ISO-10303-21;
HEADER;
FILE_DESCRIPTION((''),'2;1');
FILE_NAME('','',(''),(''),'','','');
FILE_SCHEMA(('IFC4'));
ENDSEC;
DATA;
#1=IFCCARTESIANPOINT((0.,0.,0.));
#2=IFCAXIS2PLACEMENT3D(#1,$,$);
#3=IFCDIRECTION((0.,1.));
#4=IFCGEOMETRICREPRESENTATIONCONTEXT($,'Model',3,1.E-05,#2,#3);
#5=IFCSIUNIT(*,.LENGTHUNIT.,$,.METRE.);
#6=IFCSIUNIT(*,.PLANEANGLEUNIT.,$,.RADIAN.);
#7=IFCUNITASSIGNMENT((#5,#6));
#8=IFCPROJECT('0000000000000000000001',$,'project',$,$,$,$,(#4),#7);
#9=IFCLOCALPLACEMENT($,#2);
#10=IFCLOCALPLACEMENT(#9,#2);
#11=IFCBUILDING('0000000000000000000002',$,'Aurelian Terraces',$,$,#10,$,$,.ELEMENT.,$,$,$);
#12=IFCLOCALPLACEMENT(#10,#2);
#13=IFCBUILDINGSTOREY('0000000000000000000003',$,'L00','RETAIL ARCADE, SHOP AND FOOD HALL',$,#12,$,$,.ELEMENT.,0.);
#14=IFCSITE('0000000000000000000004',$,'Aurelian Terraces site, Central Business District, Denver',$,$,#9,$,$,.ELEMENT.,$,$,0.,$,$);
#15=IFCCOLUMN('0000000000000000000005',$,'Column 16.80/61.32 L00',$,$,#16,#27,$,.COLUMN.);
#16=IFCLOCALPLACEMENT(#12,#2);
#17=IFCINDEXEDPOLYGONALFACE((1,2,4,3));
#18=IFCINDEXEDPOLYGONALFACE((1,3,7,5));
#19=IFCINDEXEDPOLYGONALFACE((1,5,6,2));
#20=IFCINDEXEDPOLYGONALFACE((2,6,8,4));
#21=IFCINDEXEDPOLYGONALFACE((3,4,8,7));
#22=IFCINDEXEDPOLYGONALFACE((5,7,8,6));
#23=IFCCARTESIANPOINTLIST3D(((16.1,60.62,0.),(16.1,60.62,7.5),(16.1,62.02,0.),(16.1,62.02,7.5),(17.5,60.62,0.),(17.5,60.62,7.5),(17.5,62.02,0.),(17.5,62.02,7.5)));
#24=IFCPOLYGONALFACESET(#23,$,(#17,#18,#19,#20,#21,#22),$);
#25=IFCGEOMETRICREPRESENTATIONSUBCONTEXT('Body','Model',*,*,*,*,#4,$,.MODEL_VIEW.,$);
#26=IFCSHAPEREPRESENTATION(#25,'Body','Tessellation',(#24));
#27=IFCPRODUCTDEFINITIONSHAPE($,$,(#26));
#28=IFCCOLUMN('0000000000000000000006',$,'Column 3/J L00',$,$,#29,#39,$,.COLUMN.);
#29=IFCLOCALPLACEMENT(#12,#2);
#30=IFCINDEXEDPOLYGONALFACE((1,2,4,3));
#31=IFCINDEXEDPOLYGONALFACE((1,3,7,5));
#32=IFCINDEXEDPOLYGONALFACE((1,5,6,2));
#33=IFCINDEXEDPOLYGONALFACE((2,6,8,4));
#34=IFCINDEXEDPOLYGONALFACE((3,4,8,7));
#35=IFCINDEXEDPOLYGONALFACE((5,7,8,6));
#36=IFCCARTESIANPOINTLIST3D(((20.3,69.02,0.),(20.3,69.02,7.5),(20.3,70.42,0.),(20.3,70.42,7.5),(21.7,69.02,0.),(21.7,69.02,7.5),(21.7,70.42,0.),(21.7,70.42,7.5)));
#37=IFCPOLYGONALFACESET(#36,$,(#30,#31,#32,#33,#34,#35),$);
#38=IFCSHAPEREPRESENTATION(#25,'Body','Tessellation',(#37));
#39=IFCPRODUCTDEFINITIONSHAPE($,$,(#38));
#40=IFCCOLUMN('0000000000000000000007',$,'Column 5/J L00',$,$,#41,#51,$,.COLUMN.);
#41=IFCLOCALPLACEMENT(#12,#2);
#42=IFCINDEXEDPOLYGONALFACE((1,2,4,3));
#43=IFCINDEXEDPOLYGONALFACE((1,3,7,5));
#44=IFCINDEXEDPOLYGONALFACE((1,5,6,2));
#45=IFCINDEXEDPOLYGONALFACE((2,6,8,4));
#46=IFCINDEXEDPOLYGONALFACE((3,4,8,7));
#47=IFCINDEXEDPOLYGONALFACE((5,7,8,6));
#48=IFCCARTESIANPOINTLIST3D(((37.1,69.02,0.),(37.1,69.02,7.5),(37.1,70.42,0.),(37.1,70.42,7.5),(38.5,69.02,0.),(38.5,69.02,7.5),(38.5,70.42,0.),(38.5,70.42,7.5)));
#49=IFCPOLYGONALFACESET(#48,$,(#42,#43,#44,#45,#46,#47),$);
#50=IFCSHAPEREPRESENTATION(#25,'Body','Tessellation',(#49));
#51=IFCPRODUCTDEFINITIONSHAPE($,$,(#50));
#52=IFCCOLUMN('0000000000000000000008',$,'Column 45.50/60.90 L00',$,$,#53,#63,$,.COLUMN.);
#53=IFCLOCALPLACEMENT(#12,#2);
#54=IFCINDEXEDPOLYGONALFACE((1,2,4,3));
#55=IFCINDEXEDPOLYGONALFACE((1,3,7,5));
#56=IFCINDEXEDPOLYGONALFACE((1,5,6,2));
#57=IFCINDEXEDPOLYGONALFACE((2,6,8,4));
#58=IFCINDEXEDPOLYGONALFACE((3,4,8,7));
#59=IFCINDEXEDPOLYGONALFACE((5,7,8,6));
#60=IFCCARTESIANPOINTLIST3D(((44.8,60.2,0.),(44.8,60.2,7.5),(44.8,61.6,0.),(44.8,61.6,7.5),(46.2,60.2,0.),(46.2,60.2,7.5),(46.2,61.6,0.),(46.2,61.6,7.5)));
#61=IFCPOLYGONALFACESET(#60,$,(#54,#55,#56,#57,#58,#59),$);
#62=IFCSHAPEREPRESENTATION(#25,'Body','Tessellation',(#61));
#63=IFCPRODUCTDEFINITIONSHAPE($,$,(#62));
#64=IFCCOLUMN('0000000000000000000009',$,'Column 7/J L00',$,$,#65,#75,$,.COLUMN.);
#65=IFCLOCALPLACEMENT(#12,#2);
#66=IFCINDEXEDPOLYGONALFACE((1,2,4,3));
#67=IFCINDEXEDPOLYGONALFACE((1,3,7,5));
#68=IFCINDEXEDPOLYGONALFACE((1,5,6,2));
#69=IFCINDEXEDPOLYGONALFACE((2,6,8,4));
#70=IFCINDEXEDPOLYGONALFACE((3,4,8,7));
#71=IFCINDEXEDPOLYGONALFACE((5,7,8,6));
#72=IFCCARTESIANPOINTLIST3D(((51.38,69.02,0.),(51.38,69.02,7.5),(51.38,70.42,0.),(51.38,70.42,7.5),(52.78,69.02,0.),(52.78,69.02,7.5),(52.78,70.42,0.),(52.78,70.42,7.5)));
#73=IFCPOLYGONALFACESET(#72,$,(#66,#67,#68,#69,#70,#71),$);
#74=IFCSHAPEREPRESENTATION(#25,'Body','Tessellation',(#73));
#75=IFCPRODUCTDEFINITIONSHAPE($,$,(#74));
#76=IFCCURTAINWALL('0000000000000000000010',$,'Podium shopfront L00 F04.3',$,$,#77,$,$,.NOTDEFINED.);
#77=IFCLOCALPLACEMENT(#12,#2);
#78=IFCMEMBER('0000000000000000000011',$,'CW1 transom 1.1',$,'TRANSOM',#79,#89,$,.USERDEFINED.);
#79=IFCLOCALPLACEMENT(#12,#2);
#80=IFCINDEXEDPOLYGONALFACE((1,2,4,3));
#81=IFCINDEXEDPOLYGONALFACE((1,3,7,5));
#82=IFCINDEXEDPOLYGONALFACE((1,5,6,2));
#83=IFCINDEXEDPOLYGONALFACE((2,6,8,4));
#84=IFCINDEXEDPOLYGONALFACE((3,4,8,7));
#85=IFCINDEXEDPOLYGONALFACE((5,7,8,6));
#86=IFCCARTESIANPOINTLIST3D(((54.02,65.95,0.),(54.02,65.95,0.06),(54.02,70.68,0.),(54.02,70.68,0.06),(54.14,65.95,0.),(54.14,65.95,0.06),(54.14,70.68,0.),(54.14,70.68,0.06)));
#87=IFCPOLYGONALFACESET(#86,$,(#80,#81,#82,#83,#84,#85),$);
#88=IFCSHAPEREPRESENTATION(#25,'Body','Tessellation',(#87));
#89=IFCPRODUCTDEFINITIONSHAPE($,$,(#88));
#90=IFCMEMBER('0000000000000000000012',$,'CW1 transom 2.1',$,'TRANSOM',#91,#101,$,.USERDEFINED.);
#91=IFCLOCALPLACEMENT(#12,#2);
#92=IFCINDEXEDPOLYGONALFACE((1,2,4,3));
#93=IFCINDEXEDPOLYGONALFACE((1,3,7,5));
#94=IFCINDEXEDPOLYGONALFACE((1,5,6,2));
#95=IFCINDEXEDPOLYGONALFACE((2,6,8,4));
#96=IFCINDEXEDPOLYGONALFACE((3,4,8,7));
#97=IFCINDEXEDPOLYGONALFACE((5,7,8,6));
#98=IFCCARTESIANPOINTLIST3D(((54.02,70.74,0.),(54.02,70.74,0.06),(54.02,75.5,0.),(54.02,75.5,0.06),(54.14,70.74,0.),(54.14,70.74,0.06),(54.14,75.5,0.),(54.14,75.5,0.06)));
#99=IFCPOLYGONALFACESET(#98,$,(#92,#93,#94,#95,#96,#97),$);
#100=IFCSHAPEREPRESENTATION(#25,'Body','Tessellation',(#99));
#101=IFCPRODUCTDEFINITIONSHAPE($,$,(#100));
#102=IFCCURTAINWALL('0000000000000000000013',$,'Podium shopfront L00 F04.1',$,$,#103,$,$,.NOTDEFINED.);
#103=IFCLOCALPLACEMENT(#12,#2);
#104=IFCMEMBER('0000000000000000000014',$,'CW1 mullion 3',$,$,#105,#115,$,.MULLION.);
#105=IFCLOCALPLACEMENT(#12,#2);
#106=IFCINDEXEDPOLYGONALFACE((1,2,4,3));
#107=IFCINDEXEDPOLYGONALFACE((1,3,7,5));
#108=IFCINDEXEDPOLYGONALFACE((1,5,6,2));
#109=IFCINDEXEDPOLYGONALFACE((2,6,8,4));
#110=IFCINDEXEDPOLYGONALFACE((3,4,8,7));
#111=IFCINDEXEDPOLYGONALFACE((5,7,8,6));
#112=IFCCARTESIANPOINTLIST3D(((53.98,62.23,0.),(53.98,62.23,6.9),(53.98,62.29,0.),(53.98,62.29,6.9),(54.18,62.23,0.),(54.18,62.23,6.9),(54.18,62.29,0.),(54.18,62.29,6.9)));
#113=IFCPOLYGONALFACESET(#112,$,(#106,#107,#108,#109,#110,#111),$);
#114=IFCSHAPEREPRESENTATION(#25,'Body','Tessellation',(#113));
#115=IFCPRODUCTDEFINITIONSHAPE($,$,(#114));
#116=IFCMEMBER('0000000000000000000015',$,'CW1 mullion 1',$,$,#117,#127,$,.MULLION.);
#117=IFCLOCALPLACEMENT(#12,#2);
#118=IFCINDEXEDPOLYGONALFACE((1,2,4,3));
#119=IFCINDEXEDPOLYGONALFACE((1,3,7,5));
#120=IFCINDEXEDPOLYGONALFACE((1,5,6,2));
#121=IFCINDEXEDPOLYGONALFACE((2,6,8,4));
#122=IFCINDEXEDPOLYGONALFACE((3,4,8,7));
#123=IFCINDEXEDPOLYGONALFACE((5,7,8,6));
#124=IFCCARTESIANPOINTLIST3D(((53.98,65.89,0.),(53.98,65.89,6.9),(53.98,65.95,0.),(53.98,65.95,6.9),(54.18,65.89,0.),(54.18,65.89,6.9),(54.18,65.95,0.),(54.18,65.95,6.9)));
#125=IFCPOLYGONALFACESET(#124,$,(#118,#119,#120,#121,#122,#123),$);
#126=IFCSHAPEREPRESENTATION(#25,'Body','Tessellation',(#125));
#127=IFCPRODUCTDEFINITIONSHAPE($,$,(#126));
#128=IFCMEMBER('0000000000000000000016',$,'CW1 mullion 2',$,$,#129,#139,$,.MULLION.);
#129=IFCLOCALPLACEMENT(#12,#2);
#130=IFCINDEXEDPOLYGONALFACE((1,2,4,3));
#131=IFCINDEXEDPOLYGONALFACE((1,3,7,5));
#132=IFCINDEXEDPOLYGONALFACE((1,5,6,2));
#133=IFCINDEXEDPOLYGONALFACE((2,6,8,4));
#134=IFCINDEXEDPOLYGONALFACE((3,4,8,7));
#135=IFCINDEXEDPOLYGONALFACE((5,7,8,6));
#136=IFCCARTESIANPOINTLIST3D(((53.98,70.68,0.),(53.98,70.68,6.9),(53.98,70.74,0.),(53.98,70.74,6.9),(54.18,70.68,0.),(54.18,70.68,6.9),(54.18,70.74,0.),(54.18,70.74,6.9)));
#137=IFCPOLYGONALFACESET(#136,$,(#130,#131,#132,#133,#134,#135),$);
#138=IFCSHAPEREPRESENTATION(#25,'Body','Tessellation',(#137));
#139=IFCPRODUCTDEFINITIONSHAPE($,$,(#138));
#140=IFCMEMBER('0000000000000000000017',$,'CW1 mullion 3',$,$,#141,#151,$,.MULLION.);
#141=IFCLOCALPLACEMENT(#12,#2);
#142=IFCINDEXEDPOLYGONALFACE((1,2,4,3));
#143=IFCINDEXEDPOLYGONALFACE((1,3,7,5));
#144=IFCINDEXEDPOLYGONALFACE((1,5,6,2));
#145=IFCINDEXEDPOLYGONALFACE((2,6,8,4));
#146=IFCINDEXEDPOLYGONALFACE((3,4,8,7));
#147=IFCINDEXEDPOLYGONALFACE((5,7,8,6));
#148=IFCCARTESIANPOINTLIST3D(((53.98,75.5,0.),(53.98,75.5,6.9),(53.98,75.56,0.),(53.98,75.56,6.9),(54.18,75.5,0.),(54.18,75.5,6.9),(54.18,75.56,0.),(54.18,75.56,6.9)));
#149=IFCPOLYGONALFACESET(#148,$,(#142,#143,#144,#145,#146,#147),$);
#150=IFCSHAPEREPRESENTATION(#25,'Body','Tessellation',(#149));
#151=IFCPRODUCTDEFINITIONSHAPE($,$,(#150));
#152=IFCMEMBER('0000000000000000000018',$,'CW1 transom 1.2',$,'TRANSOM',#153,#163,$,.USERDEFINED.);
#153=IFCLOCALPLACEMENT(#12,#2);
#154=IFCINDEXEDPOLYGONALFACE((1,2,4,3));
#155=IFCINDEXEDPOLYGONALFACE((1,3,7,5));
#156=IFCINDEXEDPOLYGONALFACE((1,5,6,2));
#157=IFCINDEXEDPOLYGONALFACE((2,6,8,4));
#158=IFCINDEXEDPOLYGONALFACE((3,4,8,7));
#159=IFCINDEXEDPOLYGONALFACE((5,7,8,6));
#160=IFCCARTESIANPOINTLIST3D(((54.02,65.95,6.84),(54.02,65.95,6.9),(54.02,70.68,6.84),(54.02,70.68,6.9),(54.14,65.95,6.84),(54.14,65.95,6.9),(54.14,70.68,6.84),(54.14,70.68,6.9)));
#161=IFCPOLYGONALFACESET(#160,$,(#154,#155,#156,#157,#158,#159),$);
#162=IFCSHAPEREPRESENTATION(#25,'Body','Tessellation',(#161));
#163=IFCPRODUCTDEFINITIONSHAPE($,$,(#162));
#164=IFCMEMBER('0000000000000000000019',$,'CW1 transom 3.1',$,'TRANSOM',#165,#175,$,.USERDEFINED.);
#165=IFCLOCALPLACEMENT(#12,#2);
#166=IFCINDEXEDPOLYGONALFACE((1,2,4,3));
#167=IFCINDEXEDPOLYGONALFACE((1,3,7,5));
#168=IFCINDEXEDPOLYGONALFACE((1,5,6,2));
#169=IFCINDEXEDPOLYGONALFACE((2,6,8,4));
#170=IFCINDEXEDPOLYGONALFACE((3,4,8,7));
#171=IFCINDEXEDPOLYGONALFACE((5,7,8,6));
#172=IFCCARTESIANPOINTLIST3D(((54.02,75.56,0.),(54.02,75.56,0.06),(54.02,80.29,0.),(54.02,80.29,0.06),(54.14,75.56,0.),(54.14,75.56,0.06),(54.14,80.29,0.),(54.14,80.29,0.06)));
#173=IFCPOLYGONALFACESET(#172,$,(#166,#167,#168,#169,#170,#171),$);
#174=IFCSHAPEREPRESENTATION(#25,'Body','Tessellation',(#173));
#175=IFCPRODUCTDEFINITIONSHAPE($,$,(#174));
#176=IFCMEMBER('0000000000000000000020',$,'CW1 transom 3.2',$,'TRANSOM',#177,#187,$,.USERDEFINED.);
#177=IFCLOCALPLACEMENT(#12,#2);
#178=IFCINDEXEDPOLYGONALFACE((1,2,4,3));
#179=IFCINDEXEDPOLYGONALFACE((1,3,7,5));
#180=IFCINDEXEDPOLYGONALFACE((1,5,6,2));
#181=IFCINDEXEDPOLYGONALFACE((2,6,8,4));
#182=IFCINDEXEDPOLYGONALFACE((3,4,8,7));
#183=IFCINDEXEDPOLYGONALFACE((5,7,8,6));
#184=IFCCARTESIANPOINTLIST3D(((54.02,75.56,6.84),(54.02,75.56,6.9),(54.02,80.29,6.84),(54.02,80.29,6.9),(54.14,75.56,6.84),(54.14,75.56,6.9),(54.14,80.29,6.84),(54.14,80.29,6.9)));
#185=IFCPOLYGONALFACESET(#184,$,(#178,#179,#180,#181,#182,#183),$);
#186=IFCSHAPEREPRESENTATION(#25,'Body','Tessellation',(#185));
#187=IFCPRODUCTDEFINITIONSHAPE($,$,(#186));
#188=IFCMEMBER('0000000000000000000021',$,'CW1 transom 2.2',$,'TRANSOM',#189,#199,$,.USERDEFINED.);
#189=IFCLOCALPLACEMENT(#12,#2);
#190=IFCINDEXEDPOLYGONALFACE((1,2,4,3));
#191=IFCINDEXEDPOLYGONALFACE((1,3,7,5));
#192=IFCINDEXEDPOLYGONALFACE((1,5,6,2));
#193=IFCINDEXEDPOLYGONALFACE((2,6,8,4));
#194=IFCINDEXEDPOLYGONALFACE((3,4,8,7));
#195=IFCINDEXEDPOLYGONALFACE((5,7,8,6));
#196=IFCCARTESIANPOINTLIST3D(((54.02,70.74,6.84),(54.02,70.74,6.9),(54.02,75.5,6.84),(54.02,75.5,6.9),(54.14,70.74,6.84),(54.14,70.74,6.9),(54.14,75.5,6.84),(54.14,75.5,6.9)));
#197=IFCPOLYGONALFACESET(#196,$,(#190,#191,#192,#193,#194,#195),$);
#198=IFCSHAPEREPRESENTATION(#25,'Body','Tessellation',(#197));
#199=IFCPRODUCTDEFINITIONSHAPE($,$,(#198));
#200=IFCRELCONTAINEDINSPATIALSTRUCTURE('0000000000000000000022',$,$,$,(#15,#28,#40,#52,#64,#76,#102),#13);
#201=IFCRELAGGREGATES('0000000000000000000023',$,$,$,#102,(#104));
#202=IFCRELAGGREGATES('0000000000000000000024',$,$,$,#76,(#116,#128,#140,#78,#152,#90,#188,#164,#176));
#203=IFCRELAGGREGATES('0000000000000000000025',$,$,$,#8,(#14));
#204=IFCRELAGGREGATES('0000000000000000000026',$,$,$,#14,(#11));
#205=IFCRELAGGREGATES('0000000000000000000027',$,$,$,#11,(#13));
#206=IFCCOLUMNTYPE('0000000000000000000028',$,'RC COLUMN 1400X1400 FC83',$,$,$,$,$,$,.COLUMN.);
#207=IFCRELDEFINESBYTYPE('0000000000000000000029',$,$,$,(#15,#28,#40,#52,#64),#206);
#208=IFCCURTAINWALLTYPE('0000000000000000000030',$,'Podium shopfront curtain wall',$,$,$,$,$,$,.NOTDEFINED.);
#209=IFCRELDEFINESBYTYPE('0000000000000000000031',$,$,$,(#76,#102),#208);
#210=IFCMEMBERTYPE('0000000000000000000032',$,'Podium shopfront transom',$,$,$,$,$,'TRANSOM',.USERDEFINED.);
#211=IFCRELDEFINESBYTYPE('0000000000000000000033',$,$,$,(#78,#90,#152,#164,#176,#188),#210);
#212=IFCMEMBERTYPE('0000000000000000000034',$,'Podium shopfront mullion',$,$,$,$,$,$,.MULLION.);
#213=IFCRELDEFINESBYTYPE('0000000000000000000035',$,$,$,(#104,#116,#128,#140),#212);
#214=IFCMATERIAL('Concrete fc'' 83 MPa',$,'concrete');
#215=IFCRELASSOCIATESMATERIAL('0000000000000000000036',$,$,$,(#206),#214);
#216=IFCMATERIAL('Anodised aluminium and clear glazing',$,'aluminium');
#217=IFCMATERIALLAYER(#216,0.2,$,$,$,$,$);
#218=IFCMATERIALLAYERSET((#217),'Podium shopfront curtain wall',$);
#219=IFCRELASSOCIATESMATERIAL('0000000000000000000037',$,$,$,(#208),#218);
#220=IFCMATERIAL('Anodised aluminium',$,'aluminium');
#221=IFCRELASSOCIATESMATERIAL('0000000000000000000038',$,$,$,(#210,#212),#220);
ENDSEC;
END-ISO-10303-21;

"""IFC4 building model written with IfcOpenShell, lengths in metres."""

from ifc_helpers import new_model, si_unit, direction, frame, origin, origin_2d, place, context, subcontext, project, spatial, rectangle, extrude, source, transform, mapped, material, layer, layer_set, material_profile, profile_set, type_object, element, aggregate, save


model = new_model("IFC4")

# Units and contexts
model_context = context("Model", 3, precision=1e-05, world=origin(), true_north=direction((0.0, 1.0)))
body_context = subcontext(model_context, "Body", "Model", "MODEL_VIEW")
ifc_project = project(units=[si_unit("LENGTHUNIT", "METRE"), si_unit("PLANEANGLEUNIT", "RADIAN")], contexts=[model_context])

# Site, building, storey
site_placement = place(None, origin())
site = spatial("IfcSite", under=ifc_project, at=site_placement, Name="Aurelian Terraces site, Central Business District, Denver", CompositionType="ELEMENT", RefElevation=0.0)
building_placement = place(site_placement, origin())
building = spatial("IfcBuilding", under=site, at=building_placement, Name="Aurelian Terraces", CompositionType="ELEMENT")
storey_placement = place(building_placement, origin())
storey = spatial("IfcBuildingStorey", under=building, at=storey_placement, Name="L00", Description="RETAIL ARCADE, SHOP AND FOOD HALL", CompositionType="ELEMENT", Elevation=0.0)

# Columns
ifc_material_1 = material(Name="Concrete fc' 83 MPa", Category="concrete")
ifc_material_profile_1 = material_profile(ifc_material_1, rectangle(XDim=1.4, YDim=1.4, at=origin_2d()))
ifc_profile_set_1 = profile_set([ifc_material_profile_1], Name="Concrete fc' 83 MPa")
column_type = type_object("IfcColumnType", Name="RC COLUMN 1400X1400 FC83", PredefinedType="COLUMN", material=ifc_profile_set_1)
shared_shape_1 = source(origin(), body_context, "Body", "SweptSolid", [
    extrude(rectangle(XDim=1.4, YDim=1.4, at=origin_2d()), origin(), (0.0, 0.0, 1.0), 7.5),
])
for number, where, z_axis, x_axis, name in (
    (1, (16.8, 61.32, 0.0), (0.0, 0.0, 1.0), (1.0, 0.0, 0.0), "Column 16.80/61.32 L00"),
    (2, (21.0, 69.72, 0.0), (0.0, 0.0, 1.0), (1.0, 0.0, 0.0), "Column 3/J L00"),
    (3, (37.8, 69.72, 0.0), (0.0, 0.0, 1.0), (1.0, 0.0, 0.0), "Column 5/J L00"),
    (4, (45.5, 60.9, 0.0), (0.0, 0.0, 1.0), (1.0, 0.0, 0.0), "Column 45.50/60.90 L00"),
    (5, (52.08, 69.72, 0.0), (0.0, 0.0, 1.0), (1.0, 0.0, 0.0), "Column 7/J L00"),
):
    element("IfcColumn", number, at=place(storey_placement, frame(where, z_axis=z_axis, x_axis=x_axis)), inside=storey, type_object=column_type, Name=name, PredefinedType="COLUMN", context=body_context, shape_type="MappedRepresentation", body=[
        mapped(shared_shape_1, transform((0.0, 0.0, 0.0), scale=1.0)),
    ])

# Curtain wall, members
ifc_material_2 = material(Name="Anodised aluminium and clear glazing", Category="aluminium")
ifc_layer_1 = layer(ifc_material_2, 0.2)
ifc_layer_set_1 = layer_set([ifc_layer_1], Name="Podium shopfront curtain wall")
curtain_wall_type = type_object("IfcCurtainWallType", Name="Podium shopfront curtain wall", PredefinedType="NOTDEFINED", material=ifc_layer_set_1)
curtain_wall_1_placement = place(storey_placement, origin())
curtain_wall_1 = element("IfcCurtainWall", 6, at=curtain_wall_1_placement, inside=storey, type_object=curtain_wall_type, Name="Podium shopfront L00 F04.3", PredefinedType="NOTDEFINED")
ifc_material_3 = material(Name="Anodised aluminium", Category="aluminium")
ifc_material_profile_2 = material_profile(ifc_material_3, rectangle(XDim=0.12, YDim=0.06, at=origin_2d()))
ifc_profile_set_2 = profile_set([ifc_material_profile_2], Name="Anodised aluminium")
member_type_1 = type_object("IfcMemberType", Name="Podium shopfront transom", ElementType="TRANSOM", PredefinedType="USERDEFINED", material=ifc_profile_set_2)
member_1_placement = place(storey_placement, frame((54.08, 65.95, 0.03), z_axis=(0.0, 1.0, 0.0), x_axis=(-1.0, 0.0, 0.0)))
member_1 = element("IfcMember", 7, at=member_1_placement, type_object=member_type_1, Name="CW1 transom 1.1", ObjectType="TRANSOM", PredefinedType="USERDEFINED", context=body_context, shape_type="SweptSolid", body=[
    extrude(rectangle(XDim=0.12, YDim=0.06, at=origin_2d()), origin(), (0.0, 0.0, 1.0), 4.73),
])
member_2_placement = place(storey_placement, frame((54.08, 70.74, 0.03), z_axis=(0.0, 1.0, 0.0), x_axis=(-1.0, 0.0, 0.0)))
member_2 = element("IfcMember", 8, at=member_2_placement, type_object=member_type_1, Name="CW1 transom 2.1", ObjectType="TRANSOM", PredefinedType="USERDEFINED", context=body_context, shape_type="SweptSolid", body=[
    extrude(rectangle(XDim=0.12, YDim=0.06, at=origin_2d()), origin(), (0.0, 0.0, 1.0), 4.76),
])

# Curtain wall, member
curtain_wall_2_placement = place(storey_placement, origin())
curtain_wall_2 = element("IfcCurtainWall", 9, at=curtain_wall_2_placement, inside=storey, type_object=curtain_wall_type, Name="Podium shopfront L00 F04.1", PredefinedType="NOTDEFINED")
ifc_material_profile_3 = material_profile(ifc_material_3, rectangle(XDim=0.2, YDim=0.06, at=origin_2d()))
ifc_profile_set_3 = profile_set([ifc_material_profile_3], Name="Anodised aluminium")
member_type_2 = type_object("IfcMemberType", Name="Podium shopfront mullion", PredefinedType="MULLION", material=ifc_profile_set_3)
shared_shape_2 = source(origin(), body_context, "Body", "SweptSolid", [
    extrude(rectangle(XDim=0.2, YDim=0.06, at=origin_2d()), origin(), (0.0, 0.0, 1.0), 6.9),
])
member_3_placement = place(storey_placement, frame((54.08, 62.26, 0.0), z_axis=(0.0, 0.0, 1.0), x_axis=(-1.0, 0.0, 0.0)))
member_3 = element("IfcMember", 10, at=member_3_placement, type_object=member_type_2, Name="CW1 mullion 3", PredefinedType="MULLION", context=body_context, shape_type="MappedRepresentation", body=[
    mapped(shared_shape_2, transform((0.0, 0.0, 0.0), scale=1.0)),
])
aggregate(curtain_wall_2, [member_3])

# Members
member_4_placement = place(storey_placement, frame((54.08, 65.92, 0.0), z_axis=(0.0, 0.0, 1.0), x_axis=(-1.0, 0.0, 0.0)))
member_4 = element("IfcMember", 11, at=member_4_placement, type_object=member_type_2, Name="CW1 mullion 1", PredefinedType="MULLION", context=body_context, shape_type="MappedRepresentation", body=[
    mapped(shared_shape_2, transform((0.0, 0.0, 0.0), scale=1.0)),
])
member_5_placement = place(storey_placement, frame((54.08, 70.71, 0.0), z_axis=(0.0, 0.0, 1.0), x_axis=(-1.0, 0.0, 0.0)))
member_5 = element("IfcMember", 12, at=member_5_placement, type_object=member_type_2, Name="CW1 mullion 2", PredefinedType="MULLION", context=body_context, shape_type="MappedRepresentation", body=[
    mapped(shared_shape_2, transform((0.0, 0.0, 0.0), scale=1.0)),
])
member_6_placement = place(storey_placement, frame((54.08, 75.53, 0.0), z_axis=(0.0, 0.0, 1.0), x_axis=(-1.0, 0.0, 0.0)))
member_6 = element("IfcMember", 13, at=member_6_placement, type_object=member_type_2, Name="CW1 mullion 3", PredefinedType="MULLION", context=body_context, shape_type="MappedRepresentation", body=[
    mapped(shared_shape_2, transform((0.0, 0.0, 0.0), scale=1.0)),
])
shared_shape_3 = source(origin(), body_context, "Body", "SweptSolid", [
    extrude(rectangle(XDim=0.12, YDim=0.06, at=origin_2d()), origin(), (0.0, 0.0, 1.0), 4.73),
])
member_7_placement = place(storey_placement, frame((54.08, 65.95, 6.87), z_axis=(0.0, 1.0, 0.0), x_axis=(-1.0, 0.0, 0.0)))
member_7 = element("IfcMember", 14, at=member_7_placement, type_object=member_type_1, Name="CW1 transom 1.2", ObjectType="TRANSOM", PredefinedType="USERDEFINED", context=body_context, shape_type="MappedRepresentation", body=[
    mapped(shared_shape_3, transform((0.0, 0.0, 0.0), scale=1.0)),
])
member_8_placement = place(storey_placement, frame((54.08, 75.56, 0.03), z_axis=(0.0, 1.0, 0.0), x_axis=(-1.0, 0.0, 0.0)))
member_8 = element("IfcMember", 15, at=member_8_placement, type_object=member_type_1, Name="CW1 transom 3.1", ObjectType="TRANSOM", PredefinedType="USERDEFINED", context=body_context, shape_type="MappedRepresentation", body=[
    mapped(shared_shape_3, transform((0.0, 0.0, 0.0), scale=1.0)),
])
member_9_placement = place(storey_placement, frame((54.08, 75.56, 6.87), z_axis=(0.0, 1.0, 0.0), x_axis=(-1.0, 0.0, 0.0)))
member_9 = element("IfcMember", 16, at=member_9_placement, type_object=member_type_1, Name="CW1 transom 3.2", ObjectType="TRANSOM", PredefinedType="USERDEFINED", context=body_context, shape_type="MappedRepresentation", body=[
    mapped(shared_shape_3, transform((0.0, 0.0, 0.0), scale=1.0)),
])
shared_shape_4 = source(origin(), body_context, "Body", "SweptSolid", [
    extrude(rectangle(XDim=0.12, YDim=0.06, at=origin_2d()), origin(), (0.0, 0.0, 1.0), 4.76),
])
member_10_placement = place(storey_placement, frame((54.08, 70.74, 6.87), z_axis=(0.0, 1.0, 0.0), x_axis=(-1.0, 0.0, 0.0)))
member_10 = element("IfcMember", 17, at=member_10_placement, type_object=member_type_1, Name="CW1 transom 2.2", ObjectType="TRANSOM", PredefinedType="USERDEFINED", context=body_context, shape_type="MappedRepresentation", body=[
    mapped(shared_shape_4, transform((0.0, 0.0, 0.0), scale=1.0)),
])

aggregate(curtain_wall_1, [member_4, member_5, member_6, member_1, member_7, member_2, member_10, member_8, member_9])

save(model, "model.ifc")
